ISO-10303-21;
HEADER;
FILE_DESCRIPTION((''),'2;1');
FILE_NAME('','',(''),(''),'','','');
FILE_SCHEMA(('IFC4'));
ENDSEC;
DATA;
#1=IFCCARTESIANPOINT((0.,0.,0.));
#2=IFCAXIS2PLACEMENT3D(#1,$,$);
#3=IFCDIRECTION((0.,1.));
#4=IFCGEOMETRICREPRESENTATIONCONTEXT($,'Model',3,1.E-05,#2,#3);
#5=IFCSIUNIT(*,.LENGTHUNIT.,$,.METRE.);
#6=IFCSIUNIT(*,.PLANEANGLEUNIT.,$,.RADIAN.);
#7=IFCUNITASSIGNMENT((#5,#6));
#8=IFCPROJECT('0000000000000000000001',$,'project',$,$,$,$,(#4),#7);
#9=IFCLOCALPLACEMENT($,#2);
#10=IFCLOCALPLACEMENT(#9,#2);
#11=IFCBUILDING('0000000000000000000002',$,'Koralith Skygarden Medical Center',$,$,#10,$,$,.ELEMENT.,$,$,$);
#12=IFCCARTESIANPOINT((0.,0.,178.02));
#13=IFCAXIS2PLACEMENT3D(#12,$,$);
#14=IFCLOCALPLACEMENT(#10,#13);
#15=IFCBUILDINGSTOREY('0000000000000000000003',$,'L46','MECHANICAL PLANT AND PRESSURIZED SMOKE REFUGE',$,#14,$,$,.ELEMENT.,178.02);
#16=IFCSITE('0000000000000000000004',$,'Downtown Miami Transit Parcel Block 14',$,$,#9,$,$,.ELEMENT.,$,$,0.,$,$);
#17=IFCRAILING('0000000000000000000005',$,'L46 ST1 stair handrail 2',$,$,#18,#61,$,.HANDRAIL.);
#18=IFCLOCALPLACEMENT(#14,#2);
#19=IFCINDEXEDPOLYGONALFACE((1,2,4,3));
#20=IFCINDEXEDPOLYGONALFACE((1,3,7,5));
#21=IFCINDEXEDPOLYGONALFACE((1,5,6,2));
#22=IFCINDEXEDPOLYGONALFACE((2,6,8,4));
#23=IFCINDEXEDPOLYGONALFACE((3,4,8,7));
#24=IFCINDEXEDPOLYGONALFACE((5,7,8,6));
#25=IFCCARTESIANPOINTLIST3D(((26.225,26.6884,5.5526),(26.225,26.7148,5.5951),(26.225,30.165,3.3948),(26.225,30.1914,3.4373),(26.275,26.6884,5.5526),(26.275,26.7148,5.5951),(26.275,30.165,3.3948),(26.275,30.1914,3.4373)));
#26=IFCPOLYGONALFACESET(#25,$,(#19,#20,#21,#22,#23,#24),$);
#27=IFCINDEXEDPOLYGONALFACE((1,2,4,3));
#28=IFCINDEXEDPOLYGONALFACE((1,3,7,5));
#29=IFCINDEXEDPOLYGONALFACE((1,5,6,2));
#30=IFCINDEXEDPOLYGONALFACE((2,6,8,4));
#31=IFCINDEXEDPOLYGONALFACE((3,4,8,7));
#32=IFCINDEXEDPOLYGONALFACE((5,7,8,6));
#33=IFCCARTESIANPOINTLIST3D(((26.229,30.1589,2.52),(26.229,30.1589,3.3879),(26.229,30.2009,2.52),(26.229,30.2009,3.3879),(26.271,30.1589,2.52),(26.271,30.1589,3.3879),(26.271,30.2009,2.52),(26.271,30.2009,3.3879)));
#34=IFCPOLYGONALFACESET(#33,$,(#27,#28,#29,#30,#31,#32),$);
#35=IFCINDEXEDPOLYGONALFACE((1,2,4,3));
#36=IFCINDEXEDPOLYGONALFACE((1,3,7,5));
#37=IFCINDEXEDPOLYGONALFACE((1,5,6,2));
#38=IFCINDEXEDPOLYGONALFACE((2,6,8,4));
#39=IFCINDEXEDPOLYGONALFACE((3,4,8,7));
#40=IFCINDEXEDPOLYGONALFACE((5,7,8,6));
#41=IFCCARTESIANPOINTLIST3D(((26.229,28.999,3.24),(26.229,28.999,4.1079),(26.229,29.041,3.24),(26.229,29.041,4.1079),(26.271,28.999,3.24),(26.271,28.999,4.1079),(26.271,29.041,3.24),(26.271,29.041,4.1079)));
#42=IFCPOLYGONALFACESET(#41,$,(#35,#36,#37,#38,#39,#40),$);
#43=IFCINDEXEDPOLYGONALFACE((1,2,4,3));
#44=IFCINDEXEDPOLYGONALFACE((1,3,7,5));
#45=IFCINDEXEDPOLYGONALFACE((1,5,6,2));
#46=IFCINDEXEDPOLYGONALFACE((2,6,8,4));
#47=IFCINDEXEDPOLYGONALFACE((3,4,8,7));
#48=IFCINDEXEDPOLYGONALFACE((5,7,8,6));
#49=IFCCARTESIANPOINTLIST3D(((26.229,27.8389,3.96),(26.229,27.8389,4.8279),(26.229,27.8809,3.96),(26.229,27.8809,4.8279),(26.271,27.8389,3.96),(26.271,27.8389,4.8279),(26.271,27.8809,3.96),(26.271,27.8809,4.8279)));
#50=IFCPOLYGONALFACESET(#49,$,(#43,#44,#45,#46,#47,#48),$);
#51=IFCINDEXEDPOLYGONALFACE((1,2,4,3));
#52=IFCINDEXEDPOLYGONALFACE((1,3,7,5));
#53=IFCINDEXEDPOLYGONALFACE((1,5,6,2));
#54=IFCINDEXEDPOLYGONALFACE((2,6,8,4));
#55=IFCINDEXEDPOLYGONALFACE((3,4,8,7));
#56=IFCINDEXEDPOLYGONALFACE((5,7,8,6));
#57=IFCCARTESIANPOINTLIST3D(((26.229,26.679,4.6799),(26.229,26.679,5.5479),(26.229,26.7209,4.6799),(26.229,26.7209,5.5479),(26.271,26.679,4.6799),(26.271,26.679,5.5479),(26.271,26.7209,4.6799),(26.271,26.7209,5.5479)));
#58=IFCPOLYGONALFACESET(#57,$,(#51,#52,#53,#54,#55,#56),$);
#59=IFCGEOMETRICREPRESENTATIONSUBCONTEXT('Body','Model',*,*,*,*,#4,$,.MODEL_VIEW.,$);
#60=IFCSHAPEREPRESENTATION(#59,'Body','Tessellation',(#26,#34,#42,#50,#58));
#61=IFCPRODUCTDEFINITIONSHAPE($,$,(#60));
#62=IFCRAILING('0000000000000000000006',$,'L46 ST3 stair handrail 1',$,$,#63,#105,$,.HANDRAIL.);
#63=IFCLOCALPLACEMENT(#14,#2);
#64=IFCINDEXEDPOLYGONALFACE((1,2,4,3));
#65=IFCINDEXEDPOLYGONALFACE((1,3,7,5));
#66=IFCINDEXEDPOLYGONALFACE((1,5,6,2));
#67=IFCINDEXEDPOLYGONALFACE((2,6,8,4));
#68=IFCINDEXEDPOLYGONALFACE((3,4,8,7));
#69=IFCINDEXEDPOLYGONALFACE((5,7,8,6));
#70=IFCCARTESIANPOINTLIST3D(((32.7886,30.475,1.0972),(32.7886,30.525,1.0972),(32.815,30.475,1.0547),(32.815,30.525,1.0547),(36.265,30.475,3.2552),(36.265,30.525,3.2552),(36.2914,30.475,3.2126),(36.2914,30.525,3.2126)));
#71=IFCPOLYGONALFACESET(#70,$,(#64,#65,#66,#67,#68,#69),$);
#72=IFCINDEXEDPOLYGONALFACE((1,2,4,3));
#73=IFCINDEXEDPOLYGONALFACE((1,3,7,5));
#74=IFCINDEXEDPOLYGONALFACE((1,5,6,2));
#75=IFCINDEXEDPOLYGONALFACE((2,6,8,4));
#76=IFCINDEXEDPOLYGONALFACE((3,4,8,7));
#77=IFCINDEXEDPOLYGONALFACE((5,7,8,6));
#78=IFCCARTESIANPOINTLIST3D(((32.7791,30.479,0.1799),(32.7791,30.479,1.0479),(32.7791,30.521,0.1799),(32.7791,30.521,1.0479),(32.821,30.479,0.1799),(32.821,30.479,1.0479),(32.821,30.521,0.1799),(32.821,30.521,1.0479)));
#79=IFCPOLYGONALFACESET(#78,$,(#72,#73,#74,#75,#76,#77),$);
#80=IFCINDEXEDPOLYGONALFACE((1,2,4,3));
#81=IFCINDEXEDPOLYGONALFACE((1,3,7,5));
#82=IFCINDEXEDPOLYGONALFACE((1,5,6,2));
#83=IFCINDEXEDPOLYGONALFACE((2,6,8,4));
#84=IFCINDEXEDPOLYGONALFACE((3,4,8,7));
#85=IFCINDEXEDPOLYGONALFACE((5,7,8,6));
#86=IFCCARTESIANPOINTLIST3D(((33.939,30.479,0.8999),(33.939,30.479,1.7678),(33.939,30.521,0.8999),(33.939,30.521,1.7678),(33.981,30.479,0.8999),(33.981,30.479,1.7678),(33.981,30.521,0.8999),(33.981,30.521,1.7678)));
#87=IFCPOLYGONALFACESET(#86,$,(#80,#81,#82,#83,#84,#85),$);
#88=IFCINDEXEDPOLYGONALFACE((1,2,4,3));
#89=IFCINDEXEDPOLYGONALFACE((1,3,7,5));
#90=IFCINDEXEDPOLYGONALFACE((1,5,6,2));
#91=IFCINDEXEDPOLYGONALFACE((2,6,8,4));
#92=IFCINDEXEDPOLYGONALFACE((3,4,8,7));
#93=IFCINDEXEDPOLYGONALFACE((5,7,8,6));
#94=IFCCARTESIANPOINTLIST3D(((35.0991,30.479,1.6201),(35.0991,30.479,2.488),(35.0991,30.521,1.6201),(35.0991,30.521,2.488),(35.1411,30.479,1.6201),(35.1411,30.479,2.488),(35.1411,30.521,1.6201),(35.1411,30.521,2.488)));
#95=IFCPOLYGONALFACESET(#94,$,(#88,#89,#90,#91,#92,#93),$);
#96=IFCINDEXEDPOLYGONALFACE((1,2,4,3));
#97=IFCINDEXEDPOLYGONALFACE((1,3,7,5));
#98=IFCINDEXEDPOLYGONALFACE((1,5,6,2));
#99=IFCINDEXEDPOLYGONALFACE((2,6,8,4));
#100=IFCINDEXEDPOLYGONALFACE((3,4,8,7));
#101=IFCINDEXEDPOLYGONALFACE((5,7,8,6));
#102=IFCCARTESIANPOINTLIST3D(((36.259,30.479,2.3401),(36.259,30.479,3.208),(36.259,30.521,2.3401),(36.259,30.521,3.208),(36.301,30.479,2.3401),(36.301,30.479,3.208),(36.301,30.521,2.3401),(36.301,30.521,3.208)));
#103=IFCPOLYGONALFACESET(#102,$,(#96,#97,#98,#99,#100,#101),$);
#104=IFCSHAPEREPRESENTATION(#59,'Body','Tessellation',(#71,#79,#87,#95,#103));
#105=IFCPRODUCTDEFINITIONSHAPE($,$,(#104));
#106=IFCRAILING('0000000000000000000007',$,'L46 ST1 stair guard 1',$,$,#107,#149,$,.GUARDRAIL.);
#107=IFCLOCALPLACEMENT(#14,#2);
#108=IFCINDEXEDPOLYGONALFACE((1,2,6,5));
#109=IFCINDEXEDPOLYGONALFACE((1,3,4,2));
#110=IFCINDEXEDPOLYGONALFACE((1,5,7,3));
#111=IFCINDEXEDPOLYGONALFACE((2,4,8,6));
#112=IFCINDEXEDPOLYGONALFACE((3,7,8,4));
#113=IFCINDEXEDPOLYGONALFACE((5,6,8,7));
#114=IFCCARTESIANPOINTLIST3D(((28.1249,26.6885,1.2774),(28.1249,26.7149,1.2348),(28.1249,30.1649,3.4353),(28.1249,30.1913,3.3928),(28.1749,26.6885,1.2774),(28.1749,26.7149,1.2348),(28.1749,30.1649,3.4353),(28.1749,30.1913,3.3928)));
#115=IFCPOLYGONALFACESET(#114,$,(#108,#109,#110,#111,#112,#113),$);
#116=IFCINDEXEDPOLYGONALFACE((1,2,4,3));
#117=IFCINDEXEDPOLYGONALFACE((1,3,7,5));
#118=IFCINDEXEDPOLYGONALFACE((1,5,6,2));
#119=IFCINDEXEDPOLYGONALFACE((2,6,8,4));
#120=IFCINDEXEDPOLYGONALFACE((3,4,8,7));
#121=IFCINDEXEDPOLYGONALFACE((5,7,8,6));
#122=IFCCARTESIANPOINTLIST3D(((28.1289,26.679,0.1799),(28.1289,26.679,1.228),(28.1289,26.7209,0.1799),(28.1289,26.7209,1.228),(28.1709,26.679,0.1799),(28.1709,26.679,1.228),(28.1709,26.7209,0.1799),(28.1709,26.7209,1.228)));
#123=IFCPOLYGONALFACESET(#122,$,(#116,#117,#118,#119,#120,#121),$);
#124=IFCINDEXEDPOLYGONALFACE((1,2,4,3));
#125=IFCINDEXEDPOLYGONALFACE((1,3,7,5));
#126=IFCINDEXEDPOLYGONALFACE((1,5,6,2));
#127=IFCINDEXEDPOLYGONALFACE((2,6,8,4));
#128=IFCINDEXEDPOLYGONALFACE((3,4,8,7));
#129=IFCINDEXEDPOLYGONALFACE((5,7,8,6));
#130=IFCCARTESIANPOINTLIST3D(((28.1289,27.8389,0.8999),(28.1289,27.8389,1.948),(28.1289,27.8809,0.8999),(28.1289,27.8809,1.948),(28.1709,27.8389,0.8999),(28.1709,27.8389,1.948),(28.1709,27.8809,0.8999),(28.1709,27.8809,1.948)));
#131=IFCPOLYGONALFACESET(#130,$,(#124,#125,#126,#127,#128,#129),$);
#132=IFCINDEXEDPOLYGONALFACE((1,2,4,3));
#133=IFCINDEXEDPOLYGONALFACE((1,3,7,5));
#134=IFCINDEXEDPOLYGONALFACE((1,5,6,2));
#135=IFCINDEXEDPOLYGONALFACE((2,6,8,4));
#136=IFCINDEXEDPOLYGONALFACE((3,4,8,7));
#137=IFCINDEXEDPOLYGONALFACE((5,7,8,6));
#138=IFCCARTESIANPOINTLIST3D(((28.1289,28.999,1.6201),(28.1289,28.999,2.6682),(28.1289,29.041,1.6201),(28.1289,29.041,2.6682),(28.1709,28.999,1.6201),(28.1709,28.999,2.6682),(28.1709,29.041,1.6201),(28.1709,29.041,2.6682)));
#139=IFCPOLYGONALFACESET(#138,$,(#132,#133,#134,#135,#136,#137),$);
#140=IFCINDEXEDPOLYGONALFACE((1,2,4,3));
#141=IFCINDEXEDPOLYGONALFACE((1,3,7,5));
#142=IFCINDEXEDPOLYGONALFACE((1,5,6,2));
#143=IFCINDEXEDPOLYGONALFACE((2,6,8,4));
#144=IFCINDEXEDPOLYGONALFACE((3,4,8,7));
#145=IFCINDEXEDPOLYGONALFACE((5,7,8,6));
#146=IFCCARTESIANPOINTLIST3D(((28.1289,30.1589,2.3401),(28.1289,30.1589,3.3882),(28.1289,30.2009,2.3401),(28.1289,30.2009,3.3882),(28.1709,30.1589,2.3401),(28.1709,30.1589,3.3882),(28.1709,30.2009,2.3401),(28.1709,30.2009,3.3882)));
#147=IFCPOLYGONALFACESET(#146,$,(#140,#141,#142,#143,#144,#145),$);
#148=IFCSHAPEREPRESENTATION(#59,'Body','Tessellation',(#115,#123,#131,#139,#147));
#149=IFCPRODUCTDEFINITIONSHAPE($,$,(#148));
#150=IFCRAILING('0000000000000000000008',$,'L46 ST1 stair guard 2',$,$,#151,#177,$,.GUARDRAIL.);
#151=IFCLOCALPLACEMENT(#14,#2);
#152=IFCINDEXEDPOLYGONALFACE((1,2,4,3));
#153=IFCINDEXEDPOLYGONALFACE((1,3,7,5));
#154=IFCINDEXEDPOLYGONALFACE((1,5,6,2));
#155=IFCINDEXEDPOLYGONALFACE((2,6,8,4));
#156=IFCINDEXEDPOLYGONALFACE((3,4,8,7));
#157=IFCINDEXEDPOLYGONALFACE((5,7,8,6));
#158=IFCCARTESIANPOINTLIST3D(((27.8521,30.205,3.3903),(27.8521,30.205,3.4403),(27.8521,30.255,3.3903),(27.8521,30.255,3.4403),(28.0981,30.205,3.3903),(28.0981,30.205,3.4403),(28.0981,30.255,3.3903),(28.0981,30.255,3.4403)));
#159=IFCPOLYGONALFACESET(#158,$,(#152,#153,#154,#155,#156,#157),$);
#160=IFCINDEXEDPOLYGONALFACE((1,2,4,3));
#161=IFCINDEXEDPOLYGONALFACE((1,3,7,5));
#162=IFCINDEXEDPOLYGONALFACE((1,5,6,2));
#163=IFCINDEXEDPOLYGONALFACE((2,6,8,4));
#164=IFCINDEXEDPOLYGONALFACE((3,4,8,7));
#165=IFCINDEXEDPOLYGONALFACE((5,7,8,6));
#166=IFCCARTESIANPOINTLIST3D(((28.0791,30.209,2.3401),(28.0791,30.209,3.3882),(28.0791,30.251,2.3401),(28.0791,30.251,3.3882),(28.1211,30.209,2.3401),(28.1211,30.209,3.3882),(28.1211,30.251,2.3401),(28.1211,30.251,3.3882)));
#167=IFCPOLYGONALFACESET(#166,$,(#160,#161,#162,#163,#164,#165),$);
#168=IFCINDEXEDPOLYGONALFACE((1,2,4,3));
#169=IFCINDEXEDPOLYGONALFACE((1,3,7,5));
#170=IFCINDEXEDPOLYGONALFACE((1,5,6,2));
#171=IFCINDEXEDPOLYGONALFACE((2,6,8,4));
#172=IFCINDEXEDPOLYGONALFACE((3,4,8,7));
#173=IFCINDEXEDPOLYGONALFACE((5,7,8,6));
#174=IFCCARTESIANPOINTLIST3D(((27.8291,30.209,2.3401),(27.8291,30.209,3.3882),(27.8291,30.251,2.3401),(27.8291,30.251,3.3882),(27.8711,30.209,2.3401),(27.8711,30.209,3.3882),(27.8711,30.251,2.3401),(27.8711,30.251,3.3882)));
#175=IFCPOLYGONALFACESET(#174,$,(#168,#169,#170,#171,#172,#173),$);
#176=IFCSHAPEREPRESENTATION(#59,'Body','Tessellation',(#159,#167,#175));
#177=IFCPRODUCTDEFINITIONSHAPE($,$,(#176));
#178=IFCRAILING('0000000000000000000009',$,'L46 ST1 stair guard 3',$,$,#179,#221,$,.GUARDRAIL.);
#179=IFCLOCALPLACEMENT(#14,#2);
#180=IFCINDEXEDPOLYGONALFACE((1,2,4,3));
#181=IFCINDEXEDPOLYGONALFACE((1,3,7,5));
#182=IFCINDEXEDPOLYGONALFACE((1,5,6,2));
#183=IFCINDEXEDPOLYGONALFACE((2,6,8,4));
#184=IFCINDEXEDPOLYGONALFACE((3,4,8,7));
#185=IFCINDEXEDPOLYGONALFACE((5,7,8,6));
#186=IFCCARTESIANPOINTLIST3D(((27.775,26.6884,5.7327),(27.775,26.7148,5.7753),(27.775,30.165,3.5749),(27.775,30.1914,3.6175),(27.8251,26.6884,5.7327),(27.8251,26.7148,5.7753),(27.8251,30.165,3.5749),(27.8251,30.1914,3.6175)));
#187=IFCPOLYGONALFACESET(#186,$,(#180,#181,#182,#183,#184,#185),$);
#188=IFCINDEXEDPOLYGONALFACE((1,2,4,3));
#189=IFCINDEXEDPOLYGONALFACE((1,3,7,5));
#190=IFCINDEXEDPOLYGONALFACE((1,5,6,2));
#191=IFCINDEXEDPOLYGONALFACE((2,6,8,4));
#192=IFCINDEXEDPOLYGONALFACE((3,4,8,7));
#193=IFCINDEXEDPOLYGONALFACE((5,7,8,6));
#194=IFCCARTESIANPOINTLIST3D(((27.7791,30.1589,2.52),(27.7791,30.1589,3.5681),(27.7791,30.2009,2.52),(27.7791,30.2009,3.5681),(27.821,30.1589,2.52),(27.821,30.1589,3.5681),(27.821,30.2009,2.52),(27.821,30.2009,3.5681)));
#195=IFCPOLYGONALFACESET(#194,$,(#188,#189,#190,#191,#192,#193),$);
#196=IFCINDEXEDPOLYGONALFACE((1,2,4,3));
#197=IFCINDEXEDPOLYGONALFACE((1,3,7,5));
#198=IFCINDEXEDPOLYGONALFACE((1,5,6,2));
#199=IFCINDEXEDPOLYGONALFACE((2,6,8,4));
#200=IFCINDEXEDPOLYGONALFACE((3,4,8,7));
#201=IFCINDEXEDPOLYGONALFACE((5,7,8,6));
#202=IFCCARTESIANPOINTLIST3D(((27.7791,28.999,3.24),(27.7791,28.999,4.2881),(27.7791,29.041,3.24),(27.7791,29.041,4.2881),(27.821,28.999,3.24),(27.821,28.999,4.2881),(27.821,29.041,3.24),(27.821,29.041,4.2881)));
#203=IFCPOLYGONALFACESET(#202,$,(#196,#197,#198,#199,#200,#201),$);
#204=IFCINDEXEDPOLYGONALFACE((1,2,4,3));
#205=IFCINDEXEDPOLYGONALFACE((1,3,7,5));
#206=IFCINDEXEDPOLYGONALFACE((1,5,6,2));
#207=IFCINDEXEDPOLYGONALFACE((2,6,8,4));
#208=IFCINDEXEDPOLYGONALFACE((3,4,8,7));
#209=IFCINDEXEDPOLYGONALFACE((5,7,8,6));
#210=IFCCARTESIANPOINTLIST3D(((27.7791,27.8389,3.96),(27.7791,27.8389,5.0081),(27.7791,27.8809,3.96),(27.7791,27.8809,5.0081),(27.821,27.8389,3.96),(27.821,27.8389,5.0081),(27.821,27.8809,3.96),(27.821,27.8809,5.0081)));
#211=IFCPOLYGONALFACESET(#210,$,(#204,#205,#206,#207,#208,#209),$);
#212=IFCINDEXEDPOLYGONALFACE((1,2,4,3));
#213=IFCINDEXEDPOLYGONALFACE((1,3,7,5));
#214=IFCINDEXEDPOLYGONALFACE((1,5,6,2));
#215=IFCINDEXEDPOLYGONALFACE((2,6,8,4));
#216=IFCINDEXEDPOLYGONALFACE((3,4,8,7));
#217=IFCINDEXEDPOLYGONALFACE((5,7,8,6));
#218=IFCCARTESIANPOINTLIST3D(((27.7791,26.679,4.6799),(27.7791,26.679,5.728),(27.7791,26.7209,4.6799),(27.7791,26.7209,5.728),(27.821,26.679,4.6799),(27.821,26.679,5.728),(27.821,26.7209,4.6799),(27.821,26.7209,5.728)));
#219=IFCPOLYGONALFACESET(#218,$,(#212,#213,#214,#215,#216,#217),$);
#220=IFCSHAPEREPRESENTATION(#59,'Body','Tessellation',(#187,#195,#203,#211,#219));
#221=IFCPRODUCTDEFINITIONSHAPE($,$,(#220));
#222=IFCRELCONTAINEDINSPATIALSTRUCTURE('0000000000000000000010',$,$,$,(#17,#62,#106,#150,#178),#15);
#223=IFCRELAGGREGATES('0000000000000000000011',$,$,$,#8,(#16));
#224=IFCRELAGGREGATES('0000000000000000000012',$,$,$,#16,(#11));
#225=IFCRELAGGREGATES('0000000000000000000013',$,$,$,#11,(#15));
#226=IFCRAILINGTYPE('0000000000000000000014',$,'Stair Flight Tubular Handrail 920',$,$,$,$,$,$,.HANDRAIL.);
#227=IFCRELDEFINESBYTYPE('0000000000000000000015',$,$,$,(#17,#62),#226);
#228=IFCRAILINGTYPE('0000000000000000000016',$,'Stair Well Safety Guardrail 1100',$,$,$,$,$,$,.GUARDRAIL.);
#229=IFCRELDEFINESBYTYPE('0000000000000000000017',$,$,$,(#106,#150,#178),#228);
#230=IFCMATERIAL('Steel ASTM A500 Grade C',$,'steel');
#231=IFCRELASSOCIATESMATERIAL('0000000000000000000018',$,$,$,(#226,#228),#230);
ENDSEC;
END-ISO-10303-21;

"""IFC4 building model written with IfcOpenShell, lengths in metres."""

from ifc_helpers import new_model, si_unit, direction, frame, origin, origin_2d, place, context, subcontext, project, spatial, rectangle, extrude, material, type_object, element, save


model = new_model("IFC4")

# Units and contexts
model_context = context("Model", 3, precision=1e-05, world=origin(), true_north=direction((0.0, 1.0)))
body_context = subcontext(model_context, "Body", "Model", "MODEL_VIEW")
ifc_project = project(units=[si_unit("LENGTHUNIT", "METRE"), si_unit("PLANEANGLEUNIT", "RADIAN")], contexts=[model_context])

# Site, building, storey
site_placement = place(None, origin())
site = spatial("IfcSite", under=ifc_project, at=site_placement, Name="Downtown Miami Transit Parcel Block 14", CompositionType="ELEMENT", RefElevation=0.0)
building_placement = place(site_placement, origin())
building = spatial("IfcBuilding", under=site, at=building_placement, Name="Koralith Skygarden Medical Center", CompositionType="ELEMENT")
storey_placement = place(building_placement, frame((0.0, 0.0, 178.02)))
storey = spatial("IfcBuildingStorey", under=building, at=storey_placement, Name="L46", Description="MECHANICAL PLANT AND PRESSURIZED SMOKE REFUGE", CompositionType="ELEMENT", Elevation=178.02)

# Shared definitions
ifc_material_1 = material(Name="Steel ASTM A500 Grade C", Category="steel")

# Railings
railing_type_1 = type_object("IfcRailingType", Name="Stair Flight Tubular Handrail 920", PredefinedType="HANDRAIL", material=ifc_material_1)
railing_1_placement = place(storey_placement, frame((26.25, 30.1799, 2.52)))
element("IfcRailing", 1, at=railing_1_placement, inside=storey, type_object=railing_type_1, Name="L46 ST1 stair handrail 2", PredefinedType="HANDRAIL", context=body_context, shape_type="SweptSolid", body=[
    extrude(rectangle(XDim=0.05, YDim=0.05, at=origin_2d()), frame((0.0, -0.0017, 0.896), z_axis=(0.0, -0.849648, 0.52735), x_axis=(1.0, 0.0, 0.0)), (0.0, 0.0, 1.0), 4.0918),
    extrude(rectangle(XDim=0.042, YDim=0.042, at=origin_2d()), origin(), (0.0, 0.0, 1.0), 0.8679),
    extrude(rectangle(XDim=0.042, YDim=0.042, at=origin_2d()), frame((0.0, -1.1599, 0.72)), (0.0, 0.0, 1.0), 0.8679),
    extrude(rectangle(XDim=0.042, YDim=0.042, at=origin_2d()), frame((0.0, -2.3201, 1.4399)), (0.0, 0.0, 1.0), 0.8679),
    extrude(rectangle(XDim=0.042, YDim=0.042, at=origin_2d()), frame((0.0, -3.48, 2.1599)), (0.0, 0.0, 1.0), 0.8679),
])
railing_2_placement = place(storey_placement, frame((32.8, 30.5, 0.1799)))
element("IfcRailing", 2, at=railing_2_placement, inside=storey, type_object=railing_type_1, Name="L46 ST3 stair handrail 1", PredefinedType="HANDRAIL", context=body_context, shape_type="SweptSolid", body=[
    extrude(rectangle(XDim=0.05, YDim=0.05, at=origin_2d()), frame((0.0017, 0.0, 0.896), z_axis=(0.849622, 0.0, 0.527393), x_axis=(0.0, 1.0, 0.0)), (0.0, 0.0, 1.0), 4.0918),
    extrude(rectangle(XDim=0.042, YDim=0.042, at=origin_2d()), origin(), (0.0, 0.0, 1.0), 0.8679),
    extrude(rectangle(XDim=0.042, YDim=0.042, at=origin_2d()), frame((1.1599, 0.0, 0.72)), (0.0, 0.0, 1.0), 0.8679),
    extrude(rectangle(XDim=0.042, YDim=0.042, at=origin_2d()), frame((2.3201, 0.0, 1.4402)), (0.0, 0.0, 1.0), 0.8679),
    extrude(rectangle(XDim=0.042, YDim=0.042, at=origin_2d()), frame((3.48, 0.0, 2.1602)), (0.0, 0.0, 1.0), 0.8679),
])
railing_type_2 = type_object("IfcRailingType", Name="Stair Well Safety Guardrail 1100", PredefinedType="GUARDRAIL", material=ifc_material_1)
railing_3_placement = place(storey_placement, frame((28.1499, 26.7, 0.1799)))
element("IfcRailing", 3, at=railing_3_placement, inside=storey, type_object=railing_type_2, Name="L46 ST1 stair guard 1", PredefinedType="GUARDRAIL", context=body_context, shape_type="SweptSolid", body=[
    extrude(rectangle(XDim=0.05, YDim=0.05, at=origin_2d()), frame((0.0, 0.0017, 1.0762), z_axis=(0.0, 0.849622, 0.527393), x_axis=(-1.0, 0.0, 0.0)), (0.0, 0.0, 1.0), 4.0918),
    extrude(rectangle(XDim=0.042, YDim=0.042, at=origin_2d()), origin(), (0.0, 0.0, 1.0), 1.0481),
    extrude(rectangle(XDim=0.042, YDim=0.042, at=origin_2d()), frame((0.0, 1.1599, 0.72)), (0.0, 0.0, 1.0), 1.0481),
    extrude(rectangle(XDim=0.042, YDim=0.042, at=origin_2d()), frame((0.0, 2.3201, 1.4402)), (0.0, 0.0, 1.0), 1.0481),
    extrude(rectangle(XDim=0.042, YDim=0.042, at=origin_2d()), frame((0.0, 3.48, 2.1602)), (0.0, 0.0, 1.0), 1.0481),
])
railing_4_placement = place(storey_placement, frame((28.1001, 30.23, 2.3401)))
element("IfcRailing", 4, at=railing_4_placement, inside=storey, type_object=railing_type_2, Name="L46 ST1 stair guard 2", PredefinedType="GUARDRAIL", context=body_context, shape_type="SweptSolid", body=[
    extrude(rectangle(XDim=0.05, YDim=0.05, at=origin_2d()), frame((-0.002, 0.0, 1.0752), z_axis=(-1.0, 0.0, 0.0), x_axis=(0.0, -1.0, 0.0)), (0.0, 0.0, 1.0), 0.2461),
    extrude(rectangle(XDim=0.042, YDim=0.042, at=origin_2d()), origin(), (0.0, 0.0, 1.0), 1.0481),
    extrude(rectangle(XDim=0.042, YDim=0.042, at=origin_2d()), frame((-0.25, 0.0, 0.0)), (0.0, 0.0, 1.0), 1.0481),
])
railing_5_placement = place(storey_placement, frame((27.8, 30.1799, 2.52)))
element("IfcRailing", 5, at=railing_5_placement, inside=storey, type_object=railing_type_2, Name="L46 ST1 stair guard 3", PredefinedType="GUARDRAIL", context=body_context, shape_type="SweptSolid", body=[
    extrude(rectangle(XDim=0.05, YDim=0.05, at=origin_2d()), frame((0.0, -0.0017, 1.0762), z_axis=(0.0, -0.849648, 0.52735), x_axis=(1.0, 0.0, 0.0)), (0.0, 0.0, 1.0), 4.0918),
    extrude(rectangle(XDim=0.042, YDim=0.042, at=origin_2d()), origin(), (0.0, 0.0, 1.0), 1.0481),
    extrude(rectangle(XDim=0.042, YDim=0.042, at=origin_2d()), frame((0.0, -1.1599, 0.72)), (0.0, 0.0, 1.0), 1.0481),
    extrude(rectangle(XDim=0.042, YDim=0.042, at=origin_2d()), frame((0.0, -2.3201, 1.4399)), (0.0, 0.0, 1.0), 1.0481),
    extrude(rectangle(XDim=0.042, YDim=0.042, at=origin_2d()), frame((0.0, -3.48, 2.1599)), (0.0, 0.0, 1.0), 1.0481),
])

save(model, "model.ifc")
